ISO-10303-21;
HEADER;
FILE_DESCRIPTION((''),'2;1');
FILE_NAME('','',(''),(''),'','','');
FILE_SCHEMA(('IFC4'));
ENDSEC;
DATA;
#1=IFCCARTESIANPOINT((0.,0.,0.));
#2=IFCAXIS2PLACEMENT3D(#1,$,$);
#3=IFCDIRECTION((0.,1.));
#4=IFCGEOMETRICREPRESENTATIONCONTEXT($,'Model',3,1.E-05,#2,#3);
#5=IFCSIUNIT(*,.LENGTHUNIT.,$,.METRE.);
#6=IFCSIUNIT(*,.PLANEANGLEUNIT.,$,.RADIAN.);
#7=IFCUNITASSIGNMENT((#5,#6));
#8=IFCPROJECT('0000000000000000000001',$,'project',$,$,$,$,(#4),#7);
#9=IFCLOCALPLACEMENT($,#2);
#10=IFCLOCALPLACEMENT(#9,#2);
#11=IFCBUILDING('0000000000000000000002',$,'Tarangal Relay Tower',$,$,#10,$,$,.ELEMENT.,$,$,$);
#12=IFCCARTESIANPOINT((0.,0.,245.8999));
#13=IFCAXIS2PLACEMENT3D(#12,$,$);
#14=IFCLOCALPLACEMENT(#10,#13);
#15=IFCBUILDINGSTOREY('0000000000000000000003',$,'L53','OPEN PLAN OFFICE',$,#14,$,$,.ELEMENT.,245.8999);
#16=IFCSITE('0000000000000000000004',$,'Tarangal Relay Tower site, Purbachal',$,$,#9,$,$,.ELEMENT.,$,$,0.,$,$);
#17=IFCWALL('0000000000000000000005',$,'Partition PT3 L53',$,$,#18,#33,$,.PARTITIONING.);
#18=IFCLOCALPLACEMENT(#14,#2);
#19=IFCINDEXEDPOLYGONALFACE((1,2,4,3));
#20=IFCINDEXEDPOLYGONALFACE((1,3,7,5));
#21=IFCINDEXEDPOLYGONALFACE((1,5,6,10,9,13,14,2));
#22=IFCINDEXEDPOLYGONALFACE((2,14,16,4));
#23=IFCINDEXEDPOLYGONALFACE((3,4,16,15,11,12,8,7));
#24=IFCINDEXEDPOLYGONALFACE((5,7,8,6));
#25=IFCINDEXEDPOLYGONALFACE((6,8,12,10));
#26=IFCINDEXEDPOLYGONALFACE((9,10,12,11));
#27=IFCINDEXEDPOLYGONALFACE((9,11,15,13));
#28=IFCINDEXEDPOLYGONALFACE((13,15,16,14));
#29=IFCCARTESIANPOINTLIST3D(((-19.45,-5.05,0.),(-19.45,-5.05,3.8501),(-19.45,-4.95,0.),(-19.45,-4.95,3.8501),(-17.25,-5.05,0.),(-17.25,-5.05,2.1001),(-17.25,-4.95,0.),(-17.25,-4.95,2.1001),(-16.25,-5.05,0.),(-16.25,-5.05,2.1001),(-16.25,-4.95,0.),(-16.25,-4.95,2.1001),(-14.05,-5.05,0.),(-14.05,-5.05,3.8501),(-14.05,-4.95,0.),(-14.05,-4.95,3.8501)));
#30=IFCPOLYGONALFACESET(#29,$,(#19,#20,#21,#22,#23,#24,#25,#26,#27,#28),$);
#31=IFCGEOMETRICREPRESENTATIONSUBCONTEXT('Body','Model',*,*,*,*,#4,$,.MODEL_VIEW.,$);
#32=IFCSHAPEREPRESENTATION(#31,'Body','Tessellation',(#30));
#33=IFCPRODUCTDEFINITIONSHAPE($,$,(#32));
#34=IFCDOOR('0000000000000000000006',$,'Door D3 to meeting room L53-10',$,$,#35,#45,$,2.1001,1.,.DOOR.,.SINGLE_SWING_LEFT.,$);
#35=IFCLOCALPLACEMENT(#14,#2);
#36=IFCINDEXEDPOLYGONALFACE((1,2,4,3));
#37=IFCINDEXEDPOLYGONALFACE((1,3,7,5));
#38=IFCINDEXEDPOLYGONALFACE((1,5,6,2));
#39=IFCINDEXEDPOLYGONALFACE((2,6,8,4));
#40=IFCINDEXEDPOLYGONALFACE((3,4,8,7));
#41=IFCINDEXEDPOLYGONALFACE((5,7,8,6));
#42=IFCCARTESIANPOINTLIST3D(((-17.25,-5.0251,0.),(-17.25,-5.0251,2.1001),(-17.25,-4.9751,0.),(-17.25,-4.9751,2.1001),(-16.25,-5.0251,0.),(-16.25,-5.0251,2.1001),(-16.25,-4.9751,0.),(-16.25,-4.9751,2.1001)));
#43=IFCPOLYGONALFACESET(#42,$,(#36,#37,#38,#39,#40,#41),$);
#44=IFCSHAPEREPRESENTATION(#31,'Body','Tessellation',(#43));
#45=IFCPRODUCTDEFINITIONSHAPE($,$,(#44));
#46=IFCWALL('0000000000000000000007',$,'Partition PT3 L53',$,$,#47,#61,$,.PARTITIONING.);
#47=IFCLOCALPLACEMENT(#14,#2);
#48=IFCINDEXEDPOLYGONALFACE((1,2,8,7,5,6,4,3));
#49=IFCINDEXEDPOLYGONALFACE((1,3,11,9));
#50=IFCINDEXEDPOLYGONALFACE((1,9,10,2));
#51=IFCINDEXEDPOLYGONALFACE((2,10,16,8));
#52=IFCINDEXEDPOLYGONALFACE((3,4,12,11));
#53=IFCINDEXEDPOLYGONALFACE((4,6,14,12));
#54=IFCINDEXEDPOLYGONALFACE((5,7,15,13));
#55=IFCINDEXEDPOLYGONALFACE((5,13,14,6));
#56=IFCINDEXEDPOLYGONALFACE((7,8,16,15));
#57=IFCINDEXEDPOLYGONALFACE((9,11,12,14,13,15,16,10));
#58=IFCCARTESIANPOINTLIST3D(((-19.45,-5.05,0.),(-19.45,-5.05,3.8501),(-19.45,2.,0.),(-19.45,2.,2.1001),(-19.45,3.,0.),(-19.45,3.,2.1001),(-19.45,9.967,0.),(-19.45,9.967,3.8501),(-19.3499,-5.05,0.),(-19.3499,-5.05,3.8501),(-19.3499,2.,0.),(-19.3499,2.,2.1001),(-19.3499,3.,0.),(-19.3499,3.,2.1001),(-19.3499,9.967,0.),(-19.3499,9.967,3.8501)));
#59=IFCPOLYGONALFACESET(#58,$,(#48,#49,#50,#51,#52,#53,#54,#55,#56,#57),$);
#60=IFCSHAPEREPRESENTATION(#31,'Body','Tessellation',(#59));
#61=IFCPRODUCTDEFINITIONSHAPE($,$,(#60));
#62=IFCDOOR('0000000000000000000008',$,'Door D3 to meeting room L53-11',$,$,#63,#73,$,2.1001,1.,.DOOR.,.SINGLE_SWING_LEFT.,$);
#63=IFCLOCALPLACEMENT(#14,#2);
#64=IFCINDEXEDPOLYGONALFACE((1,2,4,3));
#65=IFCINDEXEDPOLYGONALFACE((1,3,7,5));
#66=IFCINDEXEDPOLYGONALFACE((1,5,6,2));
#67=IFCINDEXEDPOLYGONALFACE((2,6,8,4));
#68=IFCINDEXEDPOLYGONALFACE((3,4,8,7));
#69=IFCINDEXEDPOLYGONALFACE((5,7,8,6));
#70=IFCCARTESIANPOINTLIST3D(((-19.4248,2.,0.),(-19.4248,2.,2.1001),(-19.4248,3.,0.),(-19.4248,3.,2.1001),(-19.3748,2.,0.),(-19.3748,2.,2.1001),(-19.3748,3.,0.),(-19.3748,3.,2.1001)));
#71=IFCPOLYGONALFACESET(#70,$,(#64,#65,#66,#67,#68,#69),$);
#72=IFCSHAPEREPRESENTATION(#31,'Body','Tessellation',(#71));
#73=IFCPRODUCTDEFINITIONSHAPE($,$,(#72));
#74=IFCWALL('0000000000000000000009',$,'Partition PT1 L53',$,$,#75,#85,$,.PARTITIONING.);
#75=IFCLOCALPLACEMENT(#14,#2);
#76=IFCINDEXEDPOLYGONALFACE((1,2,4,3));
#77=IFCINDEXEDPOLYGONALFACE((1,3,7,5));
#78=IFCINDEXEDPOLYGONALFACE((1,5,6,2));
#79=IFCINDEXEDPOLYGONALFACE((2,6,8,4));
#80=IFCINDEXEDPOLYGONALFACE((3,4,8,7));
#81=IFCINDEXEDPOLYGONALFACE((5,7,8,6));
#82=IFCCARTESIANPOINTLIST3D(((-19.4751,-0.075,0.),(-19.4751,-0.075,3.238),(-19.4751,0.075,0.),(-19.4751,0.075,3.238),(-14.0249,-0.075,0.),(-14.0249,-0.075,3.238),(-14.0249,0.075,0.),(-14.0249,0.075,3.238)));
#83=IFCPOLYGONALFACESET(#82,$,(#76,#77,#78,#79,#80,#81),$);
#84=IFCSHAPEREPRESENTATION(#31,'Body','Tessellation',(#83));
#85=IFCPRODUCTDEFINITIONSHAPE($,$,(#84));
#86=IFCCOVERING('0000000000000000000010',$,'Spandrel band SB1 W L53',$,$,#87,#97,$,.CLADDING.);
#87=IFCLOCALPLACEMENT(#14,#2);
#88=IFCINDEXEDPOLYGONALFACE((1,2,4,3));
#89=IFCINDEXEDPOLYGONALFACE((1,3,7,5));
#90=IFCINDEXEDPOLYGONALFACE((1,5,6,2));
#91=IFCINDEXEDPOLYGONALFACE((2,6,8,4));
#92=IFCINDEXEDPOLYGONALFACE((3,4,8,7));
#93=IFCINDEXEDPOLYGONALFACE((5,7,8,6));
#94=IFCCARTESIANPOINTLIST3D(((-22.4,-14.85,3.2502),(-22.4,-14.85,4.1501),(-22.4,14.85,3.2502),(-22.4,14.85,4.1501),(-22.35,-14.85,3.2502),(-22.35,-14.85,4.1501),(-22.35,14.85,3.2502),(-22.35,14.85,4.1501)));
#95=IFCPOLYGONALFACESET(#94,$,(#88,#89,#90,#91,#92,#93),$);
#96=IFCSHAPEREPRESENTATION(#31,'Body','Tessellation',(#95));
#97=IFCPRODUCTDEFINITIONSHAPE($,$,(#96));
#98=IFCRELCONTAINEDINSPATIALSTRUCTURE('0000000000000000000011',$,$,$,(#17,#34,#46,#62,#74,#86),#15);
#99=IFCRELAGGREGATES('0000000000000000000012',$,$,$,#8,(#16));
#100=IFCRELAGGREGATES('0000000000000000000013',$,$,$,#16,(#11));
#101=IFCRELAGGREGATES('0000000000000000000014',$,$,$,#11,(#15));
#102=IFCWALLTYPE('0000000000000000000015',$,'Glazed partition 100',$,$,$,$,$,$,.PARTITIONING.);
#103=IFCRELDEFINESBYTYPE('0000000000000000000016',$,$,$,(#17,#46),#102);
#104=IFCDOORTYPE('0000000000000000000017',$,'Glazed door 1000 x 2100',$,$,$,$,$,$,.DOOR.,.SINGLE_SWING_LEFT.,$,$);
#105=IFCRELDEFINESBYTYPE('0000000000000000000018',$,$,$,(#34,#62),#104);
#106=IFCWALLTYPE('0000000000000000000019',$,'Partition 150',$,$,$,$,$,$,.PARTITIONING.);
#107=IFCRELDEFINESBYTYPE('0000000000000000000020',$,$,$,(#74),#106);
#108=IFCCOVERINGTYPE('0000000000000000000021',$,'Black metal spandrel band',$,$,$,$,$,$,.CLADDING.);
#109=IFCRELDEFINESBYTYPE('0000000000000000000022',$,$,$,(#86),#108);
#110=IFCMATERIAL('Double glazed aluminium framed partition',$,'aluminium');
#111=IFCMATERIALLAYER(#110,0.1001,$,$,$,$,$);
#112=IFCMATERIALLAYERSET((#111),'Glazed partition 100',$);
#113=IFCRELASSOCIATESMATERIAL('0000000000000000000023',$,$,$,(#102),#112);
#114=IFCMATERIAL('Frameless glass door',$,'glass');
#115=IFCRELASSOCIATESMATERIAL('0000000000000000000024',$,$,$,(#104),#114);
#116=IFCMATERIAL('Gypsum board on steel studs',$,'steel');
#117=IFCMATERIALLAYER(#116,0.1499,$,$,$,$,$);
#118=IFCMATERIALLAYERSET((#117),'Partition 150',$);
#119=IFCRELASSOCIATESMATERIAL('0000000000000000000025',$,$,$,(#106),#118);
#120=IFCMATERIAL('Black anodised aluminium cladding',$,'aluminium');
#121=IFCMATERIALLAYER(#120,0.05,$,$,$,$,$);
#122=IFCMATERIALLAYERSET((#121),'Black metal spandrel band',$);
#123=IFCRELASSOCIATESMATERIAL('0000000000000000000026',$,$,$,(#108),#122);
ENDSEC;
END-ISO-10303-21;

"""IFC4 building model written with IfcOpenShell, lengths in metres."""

from ifc_helpers import new_model, si_unit, direction, frame, frame_2d, origin, origin_2d, place, context, subcontext, project, spatial, rectangle, extrude, material, layer, layer_set, type_object, element, fill, save


model = new_model("IFC4")

# Units and contexts
model_context = context("Model", 3, precision=1e-05, world=origin(), true_north=direction((0.0, 1.0)))
body_context = subcontext(model_context, "Body", "Model", "MODEL_VIEW")
ifc_project = project(units=[si_unit("LENGTHUNIT", "METRE"), si_unit("PLANEANGLEUNIT", "RADIAN")], contexts=[model_context])

# Site, building, storey
site_placement = place(None, origin())
site = spatial("IfcSite", under=ifc_project, at=site_placement, Name="Tarangal Relay Tower site, Purbachal", CompositionType="ELEMENT", RefElevation=0.0)
building_placement = place(site_placement, origin())
building = spatial("IfcBuilding", under=site, at=building_placement, Name="Tarangal Relay Tower", CompositionType="ELEMENT")
storey_placement = place(building_placement, frame((0.0, 0.0, 245.8999)))
storey = spatial("IfcBuildingStorey", under=building, at=storey_placement, Name="L53", Description="OPEN PLAN OFFICE", CompositionType="ELEMENT", Elevation=245.8999)

# Walls, openings, doors
ifc_material_1 = material(Name="Double glazed aluminium framed partition", Category="aluminium")
ifc_layer_1 = layer(ifc_material_1, 0.1001)
ifc_layer_set_1 = layer_set([ifc_layer_1], Name="Glazed partition 100")
wall_type_1 = type_object("IfcWallType", Name="Glazed partition 100", PredefinedType="PARTITIONING", material=ifc_layer_set_1)
wall_1_placement = place(storey_placement, frame((-19.45, -5.0, 0.0), z_axis=(0.0, 0.0, 1.0), x_axis=(1.0, 0.0, 0.0)))
wall_1 = element("IfcWall", 1, at=wall_1_placement, inside=storey, type_object=wall_type_1, Name="Partition PT3 L53", PredefinedType="PARTITIONING", context=body_context, shape_type="SweptSolid", body=[
    extrude(rectangle(XDim=5.3999, YDim=0.1001, at=frame_2d((2.7, 0.0))), origin(), (0.0, 0.0, 1.0), 3.8501),
])
opening_1_placement = place(wall_1_placement, frame((2.2, 0.0, 0.0)))
opening_1 = element("IfcOpeningElement", 2, at=opening_1_placement, cuts=wall_1, PredefinedType="OPENING", context=body_context, shape_type="SweptSolid", body=[
    extrude(rectangle(XDim=1.0, YDim=2.1001, at=frame_2d((0.5, 1.05))), frame((0.0, 0.0601, 0.0), z_axis=(0.0, -1.0, 0.0), x_axis=(1.0, 0.0, 0.0)), (0.0, 0.0, 1.0), 0.1201),
])
ifc_material_2 = material(Name="Frameless glass door", Category="glass")
door_type = type_object("IfcDoorType", Name="Glazed door 1000 x 2100", OperationType="SINGLE_SWING_LEFT", PredefinedType="DOOR", material=ifc_material_2)
door_1_placement = place(opening_1_placement, origin())
door_1 = element("IfcDoor", 3, at=door_1_placement, inside=storey, type_object=door_type, Name="Door D3 to meeting room L53-10", OperationType="SINGLE_SWING_LEFT", OverallHeight=2.1001, OverallWidth=1.0, PredefinedType="DOOR", context=body_context, shape_type="SweptSolid", body=[
    extrude(rectangle(XDim=1.0, YDim=2.1001, at=frame_2d((0.5, 1.05))), frame((0.0, 0.0249, 0.0), z_axis=(0.0, -1.0, 0.0), x_axis=(1.0, 0.0, 0.0)), (0.0, 0.0, 1.0), 0.05),
])
fill(opening_1, door_1)
wall_2_placement = place(storey_placement, frame((-19.3999, -5.05, 0.0), z_axis=(0.0, 0.0, 1.0), x_axis=(0.0, 1.0, 0.0)))
wall_2 = element("IfcWall", 4, at=wall_2_placement, inside=storey, type_object=wall_type_1, Name="Partition PT3 L53", PredefinedType="PARTITIONING", context=body_context, shape_type="SweptSolid", body=[
    extrude(rectangle(XDim=15.0171, YDim=0.1001, at=frame_2d((7.5085, 0.0))), origin(), (0.0, 0.0, 1.0), 3.8501),
])
opening_2_placement = place(wall_2_placement, frame((7.05, 0.0, 0.0)))
opening_2 = element("IfcOpeningElement", 5, at=opening_2_placement, cuts=wall_2, PredefinedType="OPENING", context=body_context, shape_type="SweptSolid", body=[
    extrude(rectangle(XDim=1.0, YDim=2.1001, at=frame_2d((0.5, 1.05))), frame((0.0, 0.0601, 0.0), z_axis=(0.0, -1.0, 0.0), x_axis=(1.0, 0.0, 0.0)), (0.0, 0.0, 1.0), 0.1201),
])
door_2_placement = place(opening_2_placement, origin())
door_2 = element("IfcDoor", 6, at=door_2_placement, inside=storey, type_object=door_type, Name="Door D3 to meeting room L53-11", OperationType="SINGLE_SWING_LEFT", OverallHeight=2.1001, OverallWidth=1.0, PredefinedType="DOOR", context=body_context, shape_type="SweptSolid", body=[
    extrude(rectangle(XDim=1.0, YDim=2.1001, at=frame_2d((0.5, 1.05))), frame((0.0, 0.0249, 0.0), z_axis=(0.0, -1.0, 0.0), x_axis=(1.0, 0.0, 0.0)), (0.0, 0.0, 1.0), 0.05),
])
fill(opening_2, door_2)

# Wall
ifc_material_3 = material(Name="Gypsum board on steel studs", Category="steel")
ifc_layer_2 = layer(ifc_material_3, 0.1499)
ifc_layer_set_2 = layer_set([ifc_layer_2], Name="Partition 150")
wall_type_2 = type_object("IfcWallType", Name="Partition 150", PredefinedType="PARTITIONING", material=ifc_layer_set_2)
wall_3_placement = place(storey_placement, frame((-19.4751, 0.0, 0.0), z_axis=(0.0, 0.0, 1.0), x_axis=(1.0, 0.0, 0.0)))
element("IfcWall", 7, at=wall_3_placement, inside=storey, type_object=wall_type_2, Name="Partition PT1 L53", PredefinedType="PARTITIONING", context=body_context, shape_type="SweptSolid", body=[
    extrude(rectangle(XDim=5.4502, YDim=0.1499, at=frame_2d((2.7251, 0.0))), origin(), (0.0, 0.0, 1.0), 3.238),
])

# Covering
ifc_material_4 = material(Name="Black anodised aluminium cladding", Category="aluminium")
ifc_layer_3 = layer(ifc_material_4, 0.05)
ifc_layer_set_3 = layer_set([ifc_layer_3], Name="Black metal spandrel band")
covering_type = type_object("IfcCoveringType", Name="Black metal spandrel band", PredefinedType="CLADDING", material=ifc_layer_set_3)
covering_placement = place(storey_placement, frame((-22.375, 0.0, 3.2502), z_axis=(0.0, 0.0, 1.0), x_axis=(0.0, 1.0, 0.0)))
element("IfcCovering", 8, at=covering_placement, inside=storey, type_object=covering_type, Name="Spandrel band SB1 W L53", PredefinedType="CLADDING", context=body_context, shape_type="SweptSolid", body=[
    extrude(rectangle(XDim=29.7, YDim=0.05, at=origin_2d()), origin(), (0.0, 0.0, 1.0), 0.8999),
])

save(model, "model.ifc")
